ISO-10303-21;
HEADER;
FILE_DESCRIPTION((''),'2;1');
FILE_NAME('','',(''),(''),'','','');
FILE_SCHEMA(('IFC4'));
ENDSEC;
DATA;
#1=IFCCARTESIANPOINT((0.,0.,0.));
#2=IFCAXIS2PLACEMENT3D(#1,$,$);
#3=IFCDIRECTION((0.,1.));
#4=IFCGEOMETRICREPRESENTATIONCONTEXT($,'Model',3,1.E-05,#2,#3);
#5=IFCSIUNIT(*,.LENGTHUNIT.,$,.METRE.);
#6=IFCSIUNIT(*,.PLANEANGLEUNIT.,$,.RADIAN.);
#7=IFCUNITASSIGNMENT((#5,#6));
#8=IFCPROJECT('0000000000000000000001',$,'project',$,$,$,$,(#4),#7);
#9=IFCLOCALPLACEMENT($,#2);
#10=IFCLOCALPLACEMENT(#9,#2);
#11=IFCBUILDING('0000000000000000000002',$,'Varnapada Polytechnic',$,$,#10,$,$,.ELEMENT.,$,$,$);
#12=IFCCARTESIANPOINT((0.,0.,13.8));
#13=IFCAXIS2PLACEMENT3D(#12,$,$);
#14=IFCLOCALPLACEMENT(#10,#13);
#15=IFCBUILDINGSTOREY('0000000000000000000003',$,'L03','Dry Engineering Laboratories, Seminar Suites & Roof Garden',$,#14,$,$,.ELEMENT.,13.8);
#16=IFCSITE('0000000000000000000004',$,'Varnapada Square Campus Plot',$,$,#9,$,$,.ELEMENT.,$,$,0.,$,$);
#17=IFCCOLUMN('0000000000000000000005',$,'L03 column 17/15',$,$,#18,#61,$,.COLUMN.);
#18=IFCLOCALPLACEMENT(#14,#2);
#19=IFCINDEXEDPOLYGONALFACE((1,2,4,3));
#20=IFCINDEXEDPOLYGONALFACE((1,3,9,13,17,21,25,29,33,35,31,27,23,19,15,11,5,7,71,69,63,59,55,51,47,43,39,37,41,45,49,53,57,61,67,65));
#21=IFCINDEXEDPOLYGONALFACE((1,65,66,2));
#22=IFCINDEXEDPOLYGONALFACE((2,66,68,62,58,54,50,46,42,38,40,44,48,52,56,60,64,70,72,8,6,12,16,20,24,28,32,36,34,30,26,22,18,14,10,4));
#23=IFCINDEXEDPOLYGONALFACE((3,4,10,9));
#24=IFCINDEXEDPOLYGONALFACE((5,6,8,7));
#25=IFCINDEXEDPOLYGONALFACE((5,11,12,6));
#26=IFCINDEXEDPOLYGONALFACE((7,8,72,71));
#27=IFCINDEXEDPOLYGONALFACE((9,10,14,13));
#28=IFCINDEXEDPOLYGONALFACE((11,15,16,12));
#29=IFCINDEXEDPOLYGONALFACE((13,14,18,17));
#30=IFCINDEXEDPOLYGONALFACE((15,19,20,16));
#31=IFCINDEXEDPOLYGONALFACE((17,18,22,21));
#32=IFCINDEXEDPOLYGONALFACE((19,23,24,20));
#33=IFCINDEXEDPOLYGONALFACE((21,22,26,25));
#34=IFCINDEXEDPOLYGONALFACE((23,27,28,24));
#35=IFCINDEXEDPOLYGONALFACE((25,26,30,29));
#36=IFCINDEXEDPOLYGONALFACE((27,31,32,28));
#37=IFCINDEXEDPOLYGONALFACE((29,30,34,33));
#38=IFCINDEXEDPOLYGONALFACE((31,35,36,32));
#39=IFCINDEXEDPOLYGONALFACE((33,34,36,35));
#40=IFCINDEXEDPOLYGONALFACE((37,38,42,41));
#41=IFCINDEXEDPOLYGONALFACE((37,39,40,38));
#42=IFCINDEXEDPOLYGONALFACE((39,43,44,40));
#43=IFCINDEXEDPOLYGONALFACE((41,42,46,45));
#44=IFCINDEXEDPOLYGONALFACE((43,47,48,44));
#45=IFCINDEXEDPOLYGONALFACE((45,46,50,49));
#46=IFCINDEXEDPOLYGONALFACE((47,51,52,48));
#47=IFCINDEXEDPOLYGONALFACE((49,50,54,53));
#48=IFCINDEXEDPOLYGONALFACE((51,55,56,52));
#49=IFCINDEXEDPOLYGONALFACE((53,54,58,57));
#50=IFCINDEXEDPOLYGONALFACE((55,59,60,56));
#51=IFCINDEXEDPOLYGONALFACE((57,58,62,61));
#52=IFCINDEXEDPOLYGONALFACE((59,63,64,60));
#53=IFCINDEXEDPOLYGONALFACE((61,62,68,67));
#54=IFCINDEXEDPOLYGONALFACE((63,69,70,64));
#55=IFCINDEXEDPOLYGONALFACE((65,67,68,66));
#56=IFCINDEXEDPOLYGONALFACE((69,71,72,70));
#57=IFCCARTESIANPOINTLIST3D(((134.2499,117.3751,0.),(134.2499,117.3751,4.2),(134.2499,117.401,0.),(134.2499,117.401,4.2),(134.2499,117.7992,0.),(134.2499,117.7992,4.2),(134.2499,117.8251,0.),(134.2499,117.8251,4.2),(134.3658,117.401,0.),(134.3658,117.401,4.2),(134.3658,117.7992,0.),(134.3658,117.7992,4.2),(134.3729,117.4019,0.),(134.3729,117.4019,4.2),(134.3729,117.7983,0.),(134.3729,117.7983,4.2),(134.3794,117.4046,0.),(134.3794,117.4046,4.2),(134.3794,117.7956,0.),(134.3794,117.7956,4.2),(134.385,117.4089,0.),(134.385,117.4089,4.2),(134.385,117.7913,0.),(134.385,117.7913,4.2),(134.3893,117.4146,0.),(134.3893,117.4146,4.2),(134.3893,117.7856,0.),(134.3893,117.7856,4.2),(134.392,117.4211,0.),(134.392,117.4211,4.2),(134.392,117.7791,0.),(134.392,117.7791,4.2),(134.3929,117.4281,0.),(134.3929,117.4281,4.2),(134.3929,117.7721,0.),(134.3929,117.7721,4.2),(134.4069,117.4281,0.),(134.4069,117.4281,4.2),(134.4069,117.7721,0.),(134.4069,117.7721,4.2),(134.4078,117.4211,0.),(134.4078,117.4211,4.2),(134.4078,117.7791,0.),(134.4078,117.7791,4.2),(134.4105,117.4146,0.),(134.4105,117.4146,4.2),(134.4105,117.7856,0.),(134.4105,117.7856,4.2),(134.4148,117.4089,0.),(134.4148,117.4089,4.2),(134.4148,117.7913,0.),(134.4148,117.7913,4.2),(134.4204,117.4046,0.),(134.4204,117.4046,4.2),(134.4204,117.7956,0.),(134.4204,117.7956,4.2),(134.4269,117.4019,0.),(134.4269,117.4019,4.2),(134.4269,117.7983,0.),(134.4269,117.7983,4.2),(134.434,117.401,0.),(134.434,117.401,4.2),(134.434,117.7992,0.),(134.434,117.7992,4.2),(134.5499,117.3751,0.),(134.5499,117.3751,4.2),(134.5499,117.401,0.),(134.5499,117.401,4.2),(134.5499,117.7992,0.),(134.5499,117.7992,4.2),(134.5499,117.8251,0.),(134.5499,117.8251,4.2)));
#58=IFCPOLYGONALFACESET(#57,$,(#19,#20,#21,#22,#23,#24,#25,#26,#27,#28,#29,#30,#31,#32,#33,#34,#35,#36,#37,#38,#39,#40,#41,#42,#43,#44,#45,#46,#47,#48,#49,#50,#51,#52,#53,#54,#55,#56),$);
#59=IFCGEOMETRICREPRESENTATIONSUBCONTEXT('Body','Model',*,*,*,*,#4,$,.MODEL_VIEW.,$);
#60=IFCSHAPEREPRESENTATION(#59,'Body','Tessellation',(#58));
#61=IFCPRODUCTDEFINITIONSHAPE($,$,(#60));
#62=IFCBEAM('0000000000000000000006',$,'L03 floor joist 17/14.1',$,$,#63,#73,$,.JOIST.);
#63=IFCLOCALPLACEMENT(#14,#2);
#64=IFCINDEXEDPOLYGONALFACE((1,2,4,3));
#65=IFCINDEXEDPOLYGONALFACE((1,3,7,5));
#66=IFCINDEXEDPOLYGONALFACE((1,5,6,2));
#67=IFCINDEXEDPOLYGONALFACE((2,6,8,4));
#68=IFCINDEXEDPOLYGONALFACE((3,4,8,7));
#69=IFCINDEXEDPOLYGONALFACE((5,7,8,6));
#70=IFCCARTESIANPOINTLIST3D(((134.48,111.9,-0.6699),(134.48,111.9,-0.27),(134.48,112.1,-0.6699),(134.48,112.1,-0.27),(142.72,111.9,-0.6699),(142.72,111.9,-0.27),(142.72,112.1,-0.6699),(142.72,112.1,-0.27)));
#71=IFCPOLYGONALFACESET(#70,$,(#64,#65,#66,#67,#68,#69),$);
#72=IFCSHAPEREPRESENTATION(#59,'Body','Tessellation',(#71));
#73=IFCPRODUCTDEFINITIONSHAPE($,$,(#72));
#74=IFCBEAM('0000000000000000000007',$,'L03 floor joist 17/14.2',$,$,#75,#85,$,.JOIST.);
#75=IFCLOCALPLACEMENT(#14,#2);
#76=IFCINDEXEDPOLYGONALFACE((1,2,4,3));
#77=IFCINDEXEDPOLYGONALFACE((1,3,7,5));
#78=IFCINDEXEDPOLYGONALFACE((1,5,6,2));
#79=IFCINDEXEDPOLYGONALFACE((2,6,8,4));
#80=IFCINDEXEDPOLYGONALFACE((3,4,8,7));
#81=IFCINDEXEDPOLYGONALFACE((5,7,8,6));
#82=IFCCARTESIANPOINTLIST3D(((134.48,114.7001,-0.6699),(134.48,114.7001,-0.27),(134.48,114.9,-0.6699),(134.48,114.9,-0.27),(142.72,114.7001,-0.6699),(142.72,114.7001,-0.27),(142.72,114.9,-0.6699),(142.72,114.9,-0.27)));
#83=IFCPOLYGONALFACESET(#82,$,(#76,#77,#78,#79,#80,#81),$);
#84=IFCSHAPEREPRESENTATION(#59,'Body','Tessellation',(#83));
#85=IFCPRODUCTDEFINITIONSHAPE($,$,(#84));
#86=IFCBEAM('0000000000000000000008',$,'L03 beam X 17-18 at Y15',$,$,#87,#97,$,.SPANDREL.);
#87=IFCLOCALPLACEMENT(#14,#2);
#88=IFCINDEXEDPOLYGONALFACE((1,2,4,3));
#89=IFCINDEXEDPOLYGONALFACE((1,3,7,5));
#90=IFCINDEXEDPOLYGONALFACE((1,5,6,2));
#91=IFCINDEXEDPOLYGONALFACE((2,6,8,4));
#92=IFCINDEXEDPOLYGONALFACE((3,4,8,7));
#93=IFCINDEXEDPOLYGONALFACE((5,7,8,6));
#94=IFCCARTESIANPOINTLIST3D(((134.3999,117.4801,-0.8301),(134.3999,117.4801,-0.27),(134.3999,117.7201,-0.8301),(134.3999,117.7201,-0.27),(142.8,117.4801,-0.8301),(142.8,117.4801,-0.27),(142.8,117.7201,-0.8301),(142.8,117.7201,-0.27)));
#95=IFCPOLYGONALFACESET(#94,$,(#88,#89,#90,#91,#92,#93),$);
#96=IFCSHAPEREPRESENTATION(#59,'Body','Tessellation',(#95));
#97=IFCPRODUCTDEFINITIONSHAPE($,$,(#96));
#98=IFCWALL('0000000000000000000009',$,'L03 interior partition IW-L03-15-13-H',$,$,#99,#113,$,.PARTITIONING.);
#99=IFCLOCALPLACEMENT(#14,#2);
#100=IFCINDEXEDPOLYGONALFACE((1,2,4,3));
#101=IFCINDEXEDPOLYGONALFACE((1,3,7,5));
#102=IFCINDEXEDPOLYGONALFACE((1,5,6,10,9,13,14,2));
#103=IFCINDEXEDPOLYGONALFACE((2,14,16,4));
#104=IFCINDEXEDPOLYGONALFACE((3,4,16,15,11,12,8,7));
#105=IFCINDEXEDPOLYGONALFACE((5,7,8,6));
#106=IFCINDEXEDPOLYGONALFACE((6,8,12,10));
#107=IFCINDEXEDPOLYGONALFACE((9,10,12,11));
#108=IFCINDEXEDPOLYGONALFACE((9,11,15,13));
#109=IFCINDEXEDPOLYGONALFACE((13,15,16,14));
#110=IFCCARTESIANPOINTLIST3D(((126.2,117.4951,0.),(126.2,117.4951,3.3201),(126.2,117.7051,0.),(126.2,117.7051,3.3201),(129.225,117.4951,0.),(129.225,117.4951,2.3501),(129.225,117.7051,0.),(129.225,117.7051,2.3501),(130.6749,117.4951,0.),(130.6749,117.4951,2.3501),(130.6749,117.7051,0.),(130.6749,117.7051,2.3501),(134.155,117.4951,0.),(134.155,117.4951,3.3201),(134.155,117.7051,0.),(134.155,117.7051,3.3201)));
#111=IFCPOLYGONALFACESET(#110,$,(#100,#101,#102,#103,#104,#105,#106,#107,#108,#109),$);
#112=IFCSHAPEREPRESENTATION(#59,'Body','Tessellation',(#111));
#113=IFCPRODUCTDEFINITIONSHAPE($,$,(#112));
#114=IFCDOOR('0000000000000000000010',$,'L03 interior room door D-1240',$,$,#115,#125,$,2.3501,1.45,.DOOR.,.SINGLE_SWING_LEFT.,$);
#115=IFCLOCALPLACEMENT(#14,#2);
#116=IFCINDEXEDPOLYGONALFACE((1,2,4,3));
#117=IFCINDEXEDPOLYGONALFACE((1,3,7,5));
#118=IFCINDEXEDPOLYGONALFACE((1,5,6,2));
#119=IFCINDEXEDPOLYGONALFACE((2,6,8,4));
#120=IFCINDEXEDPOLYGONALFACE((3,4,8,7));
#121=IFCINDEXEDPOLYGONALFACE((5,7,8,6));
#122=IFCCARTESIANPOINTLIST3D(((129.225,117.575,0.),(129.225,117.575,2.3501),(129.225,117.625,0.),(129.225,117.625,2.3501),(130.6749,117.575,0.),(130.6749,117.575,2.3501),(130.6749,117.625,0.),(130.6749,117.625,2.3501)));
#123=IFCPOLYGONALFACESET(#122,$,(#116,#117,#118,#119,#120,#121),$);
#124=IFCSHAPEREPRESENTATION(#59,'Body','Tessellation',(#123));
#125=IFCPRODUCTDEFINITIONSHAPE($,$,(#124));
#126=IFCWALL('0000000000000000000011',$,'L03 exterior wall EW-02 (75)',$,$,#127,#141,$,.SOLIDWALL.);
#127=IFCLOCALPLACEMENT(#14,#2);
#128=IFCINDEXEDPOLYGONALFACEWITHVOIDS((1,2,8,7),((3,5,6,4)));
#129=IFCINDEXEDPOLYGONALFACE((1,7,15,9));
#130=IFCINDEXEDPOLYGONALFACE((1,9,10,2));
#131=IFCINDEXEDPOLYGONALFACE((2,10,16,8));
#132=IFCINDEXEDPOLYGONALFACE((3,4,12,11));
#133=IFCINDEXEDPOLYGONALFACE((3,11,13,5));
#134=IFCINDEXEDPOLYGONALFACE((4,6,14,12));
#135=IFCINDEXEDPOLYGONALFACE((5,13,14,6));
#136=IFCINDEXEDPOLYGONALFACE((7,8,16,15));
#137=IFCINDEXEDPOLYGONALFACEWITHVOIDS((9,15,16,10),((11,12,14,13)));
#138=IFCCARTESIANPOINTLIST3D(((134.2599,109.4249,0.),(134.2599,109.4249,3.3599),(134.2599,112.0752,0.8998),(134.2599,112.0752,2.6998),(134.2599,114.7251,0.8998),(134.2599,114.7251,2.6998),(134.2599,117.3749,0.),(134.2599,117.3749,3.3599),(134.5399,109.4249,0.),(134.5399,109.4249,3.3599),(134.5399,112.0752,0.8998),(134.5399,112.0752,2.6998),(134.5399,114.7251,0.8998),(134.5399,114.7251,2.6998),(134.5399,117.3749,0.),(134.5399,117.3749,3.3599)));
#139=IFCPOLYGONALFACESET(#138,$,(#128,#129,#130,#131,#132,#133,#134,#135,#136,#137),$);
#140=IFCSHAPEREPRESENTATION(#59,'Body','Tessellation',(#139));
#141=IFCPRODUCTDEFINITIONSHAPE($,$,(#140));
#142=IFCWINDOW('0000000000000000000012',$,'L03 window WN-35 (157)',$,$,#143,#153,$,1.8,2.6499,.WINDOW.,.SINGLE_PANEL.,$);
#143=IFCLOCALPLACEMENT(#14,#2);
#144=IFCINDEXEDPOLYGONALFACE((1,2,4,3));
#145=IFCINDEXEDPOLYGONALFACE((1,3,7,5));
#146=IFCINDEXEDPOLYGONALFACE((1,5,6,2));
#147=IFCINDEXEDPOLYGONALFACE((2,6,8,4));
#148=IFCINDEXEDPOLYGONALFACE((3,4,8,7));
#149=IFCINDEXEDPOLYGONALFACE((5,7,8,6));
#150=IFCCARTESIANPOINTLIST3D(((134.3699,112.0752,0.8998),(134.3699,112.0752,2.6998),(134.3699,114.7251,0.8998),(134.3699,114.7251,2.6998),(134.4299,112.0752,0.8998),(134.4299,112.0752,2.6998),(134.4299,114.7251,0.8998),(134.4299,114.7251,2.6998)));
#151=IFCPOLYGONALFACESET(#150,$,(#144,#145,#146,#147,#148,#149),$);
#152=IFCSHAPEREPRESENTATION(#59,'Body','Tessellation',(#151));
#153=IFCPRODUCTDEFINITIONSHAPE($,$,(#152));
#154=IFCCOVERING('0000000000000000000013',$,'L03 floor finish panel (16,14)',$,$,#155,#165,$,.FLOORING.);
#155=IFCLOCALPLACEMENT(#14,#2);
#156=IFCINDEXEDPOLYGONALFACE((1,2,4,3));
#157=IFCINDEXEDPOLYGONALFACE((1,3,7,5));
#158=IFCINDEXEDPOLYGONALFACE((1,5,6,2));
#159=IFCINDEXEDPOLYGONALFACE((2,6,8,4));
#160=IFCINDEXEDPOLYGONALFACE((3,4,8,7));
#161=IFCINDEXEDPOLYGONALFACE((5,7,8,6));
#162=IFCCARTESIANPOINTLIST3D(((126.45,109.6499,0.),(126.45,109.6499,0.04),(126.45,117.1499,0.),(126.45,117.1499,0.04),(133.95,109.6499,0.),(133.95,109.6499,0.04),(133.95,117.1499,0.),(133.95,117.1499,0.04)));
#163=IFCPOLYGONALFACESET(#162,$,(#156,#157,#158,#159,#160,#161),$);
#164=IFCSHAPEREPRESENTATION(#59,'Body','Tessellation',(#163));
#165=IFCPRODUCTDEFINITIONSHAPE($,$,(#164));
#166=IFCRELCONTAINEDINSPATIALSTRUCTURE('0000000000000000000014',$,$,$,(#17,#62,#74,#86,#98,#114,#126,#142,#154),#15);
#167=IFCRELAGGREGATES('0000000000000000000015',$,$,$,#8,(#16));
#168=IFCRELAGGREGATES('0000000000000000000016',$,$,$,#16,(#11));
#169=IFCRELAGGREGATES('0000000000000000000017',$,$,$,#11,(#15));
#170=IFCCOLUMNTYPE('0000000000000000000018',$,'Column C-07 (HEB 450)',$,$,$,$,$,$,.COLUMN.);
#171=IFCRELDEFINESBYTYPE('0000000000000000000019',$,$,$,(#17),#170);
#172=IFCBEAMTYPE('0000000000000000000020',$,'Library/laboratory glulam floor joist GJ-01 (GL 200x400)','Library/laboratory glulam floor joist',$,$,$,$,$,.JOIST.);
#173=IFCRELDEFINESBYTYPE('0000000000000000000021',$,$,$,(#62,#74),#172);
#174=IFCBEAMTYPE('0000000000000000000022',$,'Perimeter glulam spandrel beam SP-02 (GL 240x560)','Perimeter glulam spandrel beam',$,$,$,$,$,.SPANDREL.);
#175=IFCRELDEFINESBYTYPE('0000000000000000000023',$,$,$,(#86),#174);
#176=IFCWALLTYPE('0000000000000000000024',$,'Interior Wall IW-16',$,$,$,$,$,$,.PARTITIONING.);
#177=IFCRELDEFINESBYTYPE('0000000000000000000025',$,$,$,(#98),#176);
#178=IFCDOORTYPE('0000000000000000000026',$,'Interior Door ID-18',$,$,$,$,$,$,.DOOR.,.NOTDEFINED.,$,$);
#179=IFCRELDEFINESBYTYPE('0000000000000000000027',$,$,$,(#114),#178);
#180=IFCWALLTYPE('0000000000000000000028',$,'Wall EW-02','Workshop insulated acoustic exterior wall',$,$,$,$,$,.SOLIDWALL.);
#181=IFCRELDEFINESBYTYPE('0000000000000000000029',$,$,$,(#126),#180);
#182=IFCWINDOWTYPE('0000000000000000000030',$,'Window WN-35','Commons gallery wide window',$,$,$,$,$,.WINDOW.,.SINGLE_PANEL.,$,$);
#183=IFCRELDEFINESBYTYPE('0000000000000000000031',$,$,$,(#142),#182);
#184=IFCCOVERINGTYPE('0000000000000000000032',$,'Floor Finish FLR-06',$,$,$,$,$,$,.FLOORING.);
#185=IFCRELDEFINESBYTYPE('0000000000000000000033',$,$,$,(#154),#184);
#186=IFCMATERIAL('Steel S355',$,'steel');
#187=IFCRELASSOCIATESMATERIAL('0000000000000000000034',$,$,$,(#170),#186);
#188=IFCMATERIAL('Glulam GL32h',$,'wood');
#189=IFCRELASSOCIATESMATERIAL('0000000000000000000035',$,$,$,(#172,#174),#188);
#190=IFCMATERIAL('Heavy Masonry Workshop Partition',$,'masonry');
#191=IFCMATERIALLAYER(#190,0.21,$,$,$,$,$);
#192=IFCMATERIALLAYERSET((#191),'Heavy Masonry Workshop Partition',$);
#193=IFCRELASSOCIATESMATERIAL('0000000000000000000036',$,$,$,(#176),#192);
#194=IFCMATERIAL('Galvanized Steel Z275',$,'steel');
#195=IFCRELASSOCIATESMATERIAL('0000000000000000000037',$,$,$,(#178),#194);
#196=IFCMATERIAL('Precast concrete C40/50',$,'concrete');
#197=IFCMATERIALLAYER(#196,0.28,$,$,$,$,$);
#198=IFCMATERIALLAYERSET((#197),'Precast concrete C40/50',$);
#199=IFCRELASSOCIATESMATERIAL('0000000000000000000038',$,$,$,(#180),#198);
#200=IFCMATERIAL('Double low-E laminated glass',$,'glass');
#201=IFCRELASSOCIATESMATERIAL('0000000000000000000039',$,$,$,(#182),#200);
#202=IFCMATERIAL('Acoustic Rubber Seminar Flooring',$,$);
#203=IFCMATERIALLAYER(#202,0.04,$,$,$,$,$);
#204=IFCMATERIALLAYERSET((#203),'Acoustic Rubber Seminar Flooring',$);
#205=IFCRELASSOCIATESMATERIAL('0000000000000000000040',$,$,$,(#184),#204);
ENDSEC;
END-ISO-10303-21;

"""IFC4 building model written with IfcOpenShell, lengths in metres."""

from ifc_helpers import new_model, si_unit, direction, frame, frame_2d, origin, origin_2d, place, context, subcontext, project, spatial, rectangle, i_section, extrude, material, layer, layer_set, material_profile, profile_set, type_object, element, fill, save


model = new_model("IFC4")

# Units and contexts
model_context = context("Model", 3, precision=1e-05, world=origin(), true_north=direction((0.0, 1.0)))
body_context = subcontext(model_context, "Body", "Model", "MODEL_VIEW")
ifc_project = project(units=[si_unit("LENGTHUNIT", "METRE"), si_unit("PLANEANGLEUNIT", "RADIAN")], contexts=[model_context])

# Site, building, storey
site_placement = place(None, origin())
site = spatial("IfcSite", under=ifc_project, at=site_placement, Name="Varnapada Square Campus Plot", CompositionType="ELEMENT", RefElevation=0.0)
building_placement = place(site_placement, origin())
building = spatial("IfcBuilding", under=site, at=building_placement, Name="Varnapada Polytechnic", CompositionType="ELEMENT")
storey_placement = place(building_placement, frame((0.0, 0.0, 13.8)))
storey = spatial("IfcBuildingStorey", under=building, at=storey_placement, Name="L03", Description="Dry Engineering Laboratories, Seminar Suites & Roof Garden", CompositionType="ELEMENT", Elevation=13.8)

# Column
ifc_material_1 = material(Name="Steel S355", Category="steel")
ifc_material_profile_1 = material_profile(ifc_material_1, i_section(OverallWidth=0.3, OverallDepth=0.45, WebThickness=0.0139, FlangeThickness=0.0259, FilletRadius=0.0271, at=origin_2d()), Name="HEB 450")
ifc_profile_set_1 = profile_set([ifc_material_profile_1], Name="Steel S355")
column_type = type_object("IfcColumnType", Name="Column C-07 (HEB 450)", PredefinedType="COLUMN", material=ifc_profile_set_1)
column_placement = place(storey_placement, frame((134.3999, 117.6001, 0.0), z_axis=(0.0, 0.0, 1.0), x_axis=(1.0, 0.0, 0.0)))
element("IfcColumn", 1, at=column_placement, inside=storey, type_object=column_type, Name="L03 column 17/15", PredefinedType="COLUMN", context=body_context, shape_type="SweptSolid", body=[
    extrude(i_section(OverallWidth=0.3, OverallDepth=0.45, WebThickness=0.0139, FlangeThickness=0.0259, FilletRadius=0.0271, at=origin_2d()), origin(), (0.0, 0.0, 1.0), 4.2),
])

# Beams
ifc_material_2 = material(Name="Glulam GL32h", Category="wood")
ifc_material_profile_2 = material_profile(ifc_material_2, rectangle(XDim=0.2, YDim=0.3999, at=origin_2d()), Name="GL 200x400")
ifc_profile_set_2 = profile_set([ifc_material_profile_2], Name="Glulam GL32h")
beam_type_1 = type_object("IfcBeamType", Name="Library/laboratory glulam floor joist GJ-01 (GL 200x400)", Description="Library/laboratory glulam floor joist", PredefinedType="JOIST", material=ifc_profile_set_2)
for number, where, z_axis, x_axis, name in (
    (2, (134.48, 112.0, -0.47), (1.0, 0.0, 0.0), (0.0, 1.0, 0.0), "L03 floor joist 17/14.1"),
    (3, (134.48, 114.8, -0.47), (1.0, 0.0, 0.0), (0.0, 1.0, 0.0), "L03 floor joist 17/14.2"),
):
    element("IfcBeam", number, at=place(storey_placement, frame(where, z_axis=z_axis, x_axis=x_axis)), inside=storey, type_object=beam_type_1, Name=name, PredefinedType="JOIST", context=body_context, shape_type="SweptSolid", body=[
        extrude(rectangle(XDim=0.2, YDim=0.3999, at=origin_2d()), origin(), (0.0, 0.0, 1.0), 8.24),
    ])
ifc_material_profile_3 = material_profile(ifc_material_2, rectangle(XDim=0.24, YDim=0.5601, at=origin_2d()), Name="GL 240x560")
ifc_profile_set_3 = profile_set([ifc_material_profile_3], Name="Glulam GL32h")
beam_type_2 = type_object("IfcBeamType", Name="Perimeter glulam spandrel beam SP-02 (GL 240x560)", Description="Perimeter glulam spandrel beam", PredefinedType="SPANDREL", material=ifc_profile_set_3)
beam_placement = place(storey_placement, frame((134.3999, 117.6001, -0.55), z_axis=(1.0, 0.0, 0.0), x_axis=(0.0, 1.0, 0.0)))
element("IfcBeam", 4, at=beam_placement, inside=storey, type_object=beam_type_2, Name="L03 beam X 17-18 at Y15", PredefinedType="SPANDREL", context=body_context, shape_type="SweptSolid", body=[
    extrude(rectangle(XDim=0.24, YDim=0.5601, at=origin_2d()), origin(), (0.0, 0.0, 1.0), 8.4001),
])

# Wall, opening, door
ifc_material_3 = material(Name="Heavy Masonry Workshop Partition", Category="masonry")
ifc_layer_1 = layer(ifc_material_3, 0.21)
ifc_layer_set_1 = layer_set([ifc_layer_1], Name="Heavy Masonry Workshop Partition")
wall_type_1 = type_object("IfcWallType", Name="Interior Wall IW-16", PredefinedType="PARTITIONING", material=ifc_layer_set_1)
wall_1_placement = place(storey_placement, frame((126.2, 117.6001, 0.0), z_axis=(0.0, 0.0, 1.0), x_axis=(1.0, 0.0, 0.0)))
wall_1 = element("IfcWall", 5, at=wall_1_placement, inside=storey, type_object=wall_type_1, Name="L03 interior partition IW-L03-15-13-H", PredefinedType="PARTITIONING", context=body_context, shape_type="SweptSolid", body=[
    extrude(rectangle(XDim=7.9551, YDim=0.21, at=frame_2d((3.9775, 0.0))), origin(), (0.0, 0.0, 1.0), 3.3201),
])
opening_1_placement = place(wall_1_placement, frame((3.0249, 0.0, 0.0)))
opening_1 = element("IfcOpeningElement", 6, at=opening_1_placement, cuts=wall_1, PredefinedType="OPENING", context=body_context, shape_type="SweptSolid", body=[
    extrude(rectangle(XDim=1.45, YDim=2.3501, at=frame_2d((0.7251, 1.175))), frame((0.0, 0.115, 0.0), z_axis=(0.0, -1.0, 0.0), x_axis=(1.0, 0.0, 0.0)), (0.0, 0.0, 1.0), 0.23),
])
ifc_material_4 = material(Name="Galvanized Steel Z275", Category="steel")
door_type = type_object("IfcDoorType", Name="Interior Door ID-18", OperationType="NOTDEFINED", PredefinedType="DOOR", material=ifc_material_4)
door_placement = place(opening_1_placement, origin())
door = element("IfcDoor", 7, at=door_placement, inside=storey, type_object=door_type, Name="L03 interior room door D-1240", OperationType="SINGLE_SWING_LEFT", OverallHeight=2.3501, OverallWidth=1.45, PredefinedType="DOOR", context=body_context, shape_type="SweptSolid", body=[
    extrude(rectangle(XDim=1.45, YDim=2.3501, at=frame_2d((0.7251, 1.175))), frame((0.0, 0.0249, 0.0), z_axis=(0.0, -1.0, 0.0), x_axis=(1.0, 0.0, 0.0)), (0.0, 0.0, 1.0), 0.05),
])
fill(opening_1, door)

# Wall, opening, window
ifc_material_5 = material(Name="Precast concrete C40/50", Category="concrete")
ifc_layer_2 = layer(ifc_material_5, 0.28)
ifc_layer_set_2 = layer_set([ifc_layer_2], Name="Precast concrete C40/50")
wall_type_2 = type_object("IfcWallType", Name="Wall EW-02", Description="Workshop insulated acoustic exterior wall", PredefinedType="SOLIDWALL", material=ifc_layer_set_2)
wall_2_placement = place(storey_placement, frame((134.3999, 117.375, 0.0), z_axis=(0.0, 0.0, 1.0), x_axis=(0.0, -1.0, 0.0)))
wall_2 = element("IfcWall", 8, at=wall_2_placement, inside=storey, type_object=wall_type_2, Name="L03 exterior wall EW-02 (75)", PredefinedType="SOLIDWALL", context=body_context, shape_type="SweptSolid", body=[
    extrude(rectangle(XDim=7.95, YDim=0.28, at=frame_2d((3.9751, 0.0))), origin(), (0.0, 0.0, 1.0), 3.3599),
])
opening_2_placement = place(wall_2_placement, frame((2.6499, 0.0, 0.8999)))
opening_2 = element("IfcOpeningElement", 9, at=opening_2_placement, cuts=wall_2, PredefinedType="OPENING", context=body_context, shape_type="SweptSolid", body=[
    extrude(rectangle(XDim=2.6499, YDim=1.8, at=frame_2d((1.325, 0.8999))), frame((0.0, 0.1499, 0.0), z_axis=(0.0, -1.0, 0.0), x_axis=(1.0, 0.0, 0.0)), (0.0, 0.0, 1.0), 0.3),
])
ifc_material_6 = material(Name="Double low-E laminated glass", Category="glass")
window_type = type_object("IfcWindowType", Name="Window WN-35", Description="Commons gallery wide window", PartitioningType="SINGLE_PANEL", PredefinedType="WINDOW", material=ifc_material_6)
window_placement = place(opening_2_placement, origin())
window = element("IfcWindow", 10, at=window_placement, inside=storey, type_object=window_type, Name="L03 window WN-35 (157)", OverallHeight=1.8, OverallWidth=2.6499, PartitioningType="SINGLE_PANEL", PredefinedType="WINDOW", context=body_context, shape_type="SweptSolid", body=[
    extrude(rectangle(XDim=2.6499, YDim=1.8, at=frame_2d((1.325, 0.8999))), frame((0.0, 0.03, 0.0), z_axis=(0.0, -1.0, 0.0), x_axis=(1.0, 0.0, 0.0)), (0.0, 0.0, 1.0), 0.0601),
])
fill(opening_2, window)

# Covering
ifc_material_7 = material(Name="Acoustic Rubber Seminar Flooring")
ifc_layer_3 = layer(ifc_material_7, 0.04)
ifc_layer_set_3 = layer_set([ifc_layer_3], Name="Acoustic Rubber Seminar Flooring")
covering_type = type_object("IfcCoveringType", Name="Floor Finish FLR-06", PredefinedType="FLOORING", material=ifc_layer_set_3)
covering_placement = place(storey_placement, frame((130.2, 113.3999, 0.0), z_axis=(0.0, 0.0, 1.0), x_axis=(1.0, 0.0, 0.0)))
element("IfcCovering", 11, at=covering_placement, inside=storey, type_object=covering_type, Name="L03 floor finish panel (16,14)", PredefinedType="FLOORING", context=body_context, shape_type="SweptSolid", body=[
    extrude(rectangle(XDim=7.5, YDim=7.5, at=origin_2d()), origin(), (0.0, 0.0, 1.0), 0.04),
])

save(model, "model.ifc")
